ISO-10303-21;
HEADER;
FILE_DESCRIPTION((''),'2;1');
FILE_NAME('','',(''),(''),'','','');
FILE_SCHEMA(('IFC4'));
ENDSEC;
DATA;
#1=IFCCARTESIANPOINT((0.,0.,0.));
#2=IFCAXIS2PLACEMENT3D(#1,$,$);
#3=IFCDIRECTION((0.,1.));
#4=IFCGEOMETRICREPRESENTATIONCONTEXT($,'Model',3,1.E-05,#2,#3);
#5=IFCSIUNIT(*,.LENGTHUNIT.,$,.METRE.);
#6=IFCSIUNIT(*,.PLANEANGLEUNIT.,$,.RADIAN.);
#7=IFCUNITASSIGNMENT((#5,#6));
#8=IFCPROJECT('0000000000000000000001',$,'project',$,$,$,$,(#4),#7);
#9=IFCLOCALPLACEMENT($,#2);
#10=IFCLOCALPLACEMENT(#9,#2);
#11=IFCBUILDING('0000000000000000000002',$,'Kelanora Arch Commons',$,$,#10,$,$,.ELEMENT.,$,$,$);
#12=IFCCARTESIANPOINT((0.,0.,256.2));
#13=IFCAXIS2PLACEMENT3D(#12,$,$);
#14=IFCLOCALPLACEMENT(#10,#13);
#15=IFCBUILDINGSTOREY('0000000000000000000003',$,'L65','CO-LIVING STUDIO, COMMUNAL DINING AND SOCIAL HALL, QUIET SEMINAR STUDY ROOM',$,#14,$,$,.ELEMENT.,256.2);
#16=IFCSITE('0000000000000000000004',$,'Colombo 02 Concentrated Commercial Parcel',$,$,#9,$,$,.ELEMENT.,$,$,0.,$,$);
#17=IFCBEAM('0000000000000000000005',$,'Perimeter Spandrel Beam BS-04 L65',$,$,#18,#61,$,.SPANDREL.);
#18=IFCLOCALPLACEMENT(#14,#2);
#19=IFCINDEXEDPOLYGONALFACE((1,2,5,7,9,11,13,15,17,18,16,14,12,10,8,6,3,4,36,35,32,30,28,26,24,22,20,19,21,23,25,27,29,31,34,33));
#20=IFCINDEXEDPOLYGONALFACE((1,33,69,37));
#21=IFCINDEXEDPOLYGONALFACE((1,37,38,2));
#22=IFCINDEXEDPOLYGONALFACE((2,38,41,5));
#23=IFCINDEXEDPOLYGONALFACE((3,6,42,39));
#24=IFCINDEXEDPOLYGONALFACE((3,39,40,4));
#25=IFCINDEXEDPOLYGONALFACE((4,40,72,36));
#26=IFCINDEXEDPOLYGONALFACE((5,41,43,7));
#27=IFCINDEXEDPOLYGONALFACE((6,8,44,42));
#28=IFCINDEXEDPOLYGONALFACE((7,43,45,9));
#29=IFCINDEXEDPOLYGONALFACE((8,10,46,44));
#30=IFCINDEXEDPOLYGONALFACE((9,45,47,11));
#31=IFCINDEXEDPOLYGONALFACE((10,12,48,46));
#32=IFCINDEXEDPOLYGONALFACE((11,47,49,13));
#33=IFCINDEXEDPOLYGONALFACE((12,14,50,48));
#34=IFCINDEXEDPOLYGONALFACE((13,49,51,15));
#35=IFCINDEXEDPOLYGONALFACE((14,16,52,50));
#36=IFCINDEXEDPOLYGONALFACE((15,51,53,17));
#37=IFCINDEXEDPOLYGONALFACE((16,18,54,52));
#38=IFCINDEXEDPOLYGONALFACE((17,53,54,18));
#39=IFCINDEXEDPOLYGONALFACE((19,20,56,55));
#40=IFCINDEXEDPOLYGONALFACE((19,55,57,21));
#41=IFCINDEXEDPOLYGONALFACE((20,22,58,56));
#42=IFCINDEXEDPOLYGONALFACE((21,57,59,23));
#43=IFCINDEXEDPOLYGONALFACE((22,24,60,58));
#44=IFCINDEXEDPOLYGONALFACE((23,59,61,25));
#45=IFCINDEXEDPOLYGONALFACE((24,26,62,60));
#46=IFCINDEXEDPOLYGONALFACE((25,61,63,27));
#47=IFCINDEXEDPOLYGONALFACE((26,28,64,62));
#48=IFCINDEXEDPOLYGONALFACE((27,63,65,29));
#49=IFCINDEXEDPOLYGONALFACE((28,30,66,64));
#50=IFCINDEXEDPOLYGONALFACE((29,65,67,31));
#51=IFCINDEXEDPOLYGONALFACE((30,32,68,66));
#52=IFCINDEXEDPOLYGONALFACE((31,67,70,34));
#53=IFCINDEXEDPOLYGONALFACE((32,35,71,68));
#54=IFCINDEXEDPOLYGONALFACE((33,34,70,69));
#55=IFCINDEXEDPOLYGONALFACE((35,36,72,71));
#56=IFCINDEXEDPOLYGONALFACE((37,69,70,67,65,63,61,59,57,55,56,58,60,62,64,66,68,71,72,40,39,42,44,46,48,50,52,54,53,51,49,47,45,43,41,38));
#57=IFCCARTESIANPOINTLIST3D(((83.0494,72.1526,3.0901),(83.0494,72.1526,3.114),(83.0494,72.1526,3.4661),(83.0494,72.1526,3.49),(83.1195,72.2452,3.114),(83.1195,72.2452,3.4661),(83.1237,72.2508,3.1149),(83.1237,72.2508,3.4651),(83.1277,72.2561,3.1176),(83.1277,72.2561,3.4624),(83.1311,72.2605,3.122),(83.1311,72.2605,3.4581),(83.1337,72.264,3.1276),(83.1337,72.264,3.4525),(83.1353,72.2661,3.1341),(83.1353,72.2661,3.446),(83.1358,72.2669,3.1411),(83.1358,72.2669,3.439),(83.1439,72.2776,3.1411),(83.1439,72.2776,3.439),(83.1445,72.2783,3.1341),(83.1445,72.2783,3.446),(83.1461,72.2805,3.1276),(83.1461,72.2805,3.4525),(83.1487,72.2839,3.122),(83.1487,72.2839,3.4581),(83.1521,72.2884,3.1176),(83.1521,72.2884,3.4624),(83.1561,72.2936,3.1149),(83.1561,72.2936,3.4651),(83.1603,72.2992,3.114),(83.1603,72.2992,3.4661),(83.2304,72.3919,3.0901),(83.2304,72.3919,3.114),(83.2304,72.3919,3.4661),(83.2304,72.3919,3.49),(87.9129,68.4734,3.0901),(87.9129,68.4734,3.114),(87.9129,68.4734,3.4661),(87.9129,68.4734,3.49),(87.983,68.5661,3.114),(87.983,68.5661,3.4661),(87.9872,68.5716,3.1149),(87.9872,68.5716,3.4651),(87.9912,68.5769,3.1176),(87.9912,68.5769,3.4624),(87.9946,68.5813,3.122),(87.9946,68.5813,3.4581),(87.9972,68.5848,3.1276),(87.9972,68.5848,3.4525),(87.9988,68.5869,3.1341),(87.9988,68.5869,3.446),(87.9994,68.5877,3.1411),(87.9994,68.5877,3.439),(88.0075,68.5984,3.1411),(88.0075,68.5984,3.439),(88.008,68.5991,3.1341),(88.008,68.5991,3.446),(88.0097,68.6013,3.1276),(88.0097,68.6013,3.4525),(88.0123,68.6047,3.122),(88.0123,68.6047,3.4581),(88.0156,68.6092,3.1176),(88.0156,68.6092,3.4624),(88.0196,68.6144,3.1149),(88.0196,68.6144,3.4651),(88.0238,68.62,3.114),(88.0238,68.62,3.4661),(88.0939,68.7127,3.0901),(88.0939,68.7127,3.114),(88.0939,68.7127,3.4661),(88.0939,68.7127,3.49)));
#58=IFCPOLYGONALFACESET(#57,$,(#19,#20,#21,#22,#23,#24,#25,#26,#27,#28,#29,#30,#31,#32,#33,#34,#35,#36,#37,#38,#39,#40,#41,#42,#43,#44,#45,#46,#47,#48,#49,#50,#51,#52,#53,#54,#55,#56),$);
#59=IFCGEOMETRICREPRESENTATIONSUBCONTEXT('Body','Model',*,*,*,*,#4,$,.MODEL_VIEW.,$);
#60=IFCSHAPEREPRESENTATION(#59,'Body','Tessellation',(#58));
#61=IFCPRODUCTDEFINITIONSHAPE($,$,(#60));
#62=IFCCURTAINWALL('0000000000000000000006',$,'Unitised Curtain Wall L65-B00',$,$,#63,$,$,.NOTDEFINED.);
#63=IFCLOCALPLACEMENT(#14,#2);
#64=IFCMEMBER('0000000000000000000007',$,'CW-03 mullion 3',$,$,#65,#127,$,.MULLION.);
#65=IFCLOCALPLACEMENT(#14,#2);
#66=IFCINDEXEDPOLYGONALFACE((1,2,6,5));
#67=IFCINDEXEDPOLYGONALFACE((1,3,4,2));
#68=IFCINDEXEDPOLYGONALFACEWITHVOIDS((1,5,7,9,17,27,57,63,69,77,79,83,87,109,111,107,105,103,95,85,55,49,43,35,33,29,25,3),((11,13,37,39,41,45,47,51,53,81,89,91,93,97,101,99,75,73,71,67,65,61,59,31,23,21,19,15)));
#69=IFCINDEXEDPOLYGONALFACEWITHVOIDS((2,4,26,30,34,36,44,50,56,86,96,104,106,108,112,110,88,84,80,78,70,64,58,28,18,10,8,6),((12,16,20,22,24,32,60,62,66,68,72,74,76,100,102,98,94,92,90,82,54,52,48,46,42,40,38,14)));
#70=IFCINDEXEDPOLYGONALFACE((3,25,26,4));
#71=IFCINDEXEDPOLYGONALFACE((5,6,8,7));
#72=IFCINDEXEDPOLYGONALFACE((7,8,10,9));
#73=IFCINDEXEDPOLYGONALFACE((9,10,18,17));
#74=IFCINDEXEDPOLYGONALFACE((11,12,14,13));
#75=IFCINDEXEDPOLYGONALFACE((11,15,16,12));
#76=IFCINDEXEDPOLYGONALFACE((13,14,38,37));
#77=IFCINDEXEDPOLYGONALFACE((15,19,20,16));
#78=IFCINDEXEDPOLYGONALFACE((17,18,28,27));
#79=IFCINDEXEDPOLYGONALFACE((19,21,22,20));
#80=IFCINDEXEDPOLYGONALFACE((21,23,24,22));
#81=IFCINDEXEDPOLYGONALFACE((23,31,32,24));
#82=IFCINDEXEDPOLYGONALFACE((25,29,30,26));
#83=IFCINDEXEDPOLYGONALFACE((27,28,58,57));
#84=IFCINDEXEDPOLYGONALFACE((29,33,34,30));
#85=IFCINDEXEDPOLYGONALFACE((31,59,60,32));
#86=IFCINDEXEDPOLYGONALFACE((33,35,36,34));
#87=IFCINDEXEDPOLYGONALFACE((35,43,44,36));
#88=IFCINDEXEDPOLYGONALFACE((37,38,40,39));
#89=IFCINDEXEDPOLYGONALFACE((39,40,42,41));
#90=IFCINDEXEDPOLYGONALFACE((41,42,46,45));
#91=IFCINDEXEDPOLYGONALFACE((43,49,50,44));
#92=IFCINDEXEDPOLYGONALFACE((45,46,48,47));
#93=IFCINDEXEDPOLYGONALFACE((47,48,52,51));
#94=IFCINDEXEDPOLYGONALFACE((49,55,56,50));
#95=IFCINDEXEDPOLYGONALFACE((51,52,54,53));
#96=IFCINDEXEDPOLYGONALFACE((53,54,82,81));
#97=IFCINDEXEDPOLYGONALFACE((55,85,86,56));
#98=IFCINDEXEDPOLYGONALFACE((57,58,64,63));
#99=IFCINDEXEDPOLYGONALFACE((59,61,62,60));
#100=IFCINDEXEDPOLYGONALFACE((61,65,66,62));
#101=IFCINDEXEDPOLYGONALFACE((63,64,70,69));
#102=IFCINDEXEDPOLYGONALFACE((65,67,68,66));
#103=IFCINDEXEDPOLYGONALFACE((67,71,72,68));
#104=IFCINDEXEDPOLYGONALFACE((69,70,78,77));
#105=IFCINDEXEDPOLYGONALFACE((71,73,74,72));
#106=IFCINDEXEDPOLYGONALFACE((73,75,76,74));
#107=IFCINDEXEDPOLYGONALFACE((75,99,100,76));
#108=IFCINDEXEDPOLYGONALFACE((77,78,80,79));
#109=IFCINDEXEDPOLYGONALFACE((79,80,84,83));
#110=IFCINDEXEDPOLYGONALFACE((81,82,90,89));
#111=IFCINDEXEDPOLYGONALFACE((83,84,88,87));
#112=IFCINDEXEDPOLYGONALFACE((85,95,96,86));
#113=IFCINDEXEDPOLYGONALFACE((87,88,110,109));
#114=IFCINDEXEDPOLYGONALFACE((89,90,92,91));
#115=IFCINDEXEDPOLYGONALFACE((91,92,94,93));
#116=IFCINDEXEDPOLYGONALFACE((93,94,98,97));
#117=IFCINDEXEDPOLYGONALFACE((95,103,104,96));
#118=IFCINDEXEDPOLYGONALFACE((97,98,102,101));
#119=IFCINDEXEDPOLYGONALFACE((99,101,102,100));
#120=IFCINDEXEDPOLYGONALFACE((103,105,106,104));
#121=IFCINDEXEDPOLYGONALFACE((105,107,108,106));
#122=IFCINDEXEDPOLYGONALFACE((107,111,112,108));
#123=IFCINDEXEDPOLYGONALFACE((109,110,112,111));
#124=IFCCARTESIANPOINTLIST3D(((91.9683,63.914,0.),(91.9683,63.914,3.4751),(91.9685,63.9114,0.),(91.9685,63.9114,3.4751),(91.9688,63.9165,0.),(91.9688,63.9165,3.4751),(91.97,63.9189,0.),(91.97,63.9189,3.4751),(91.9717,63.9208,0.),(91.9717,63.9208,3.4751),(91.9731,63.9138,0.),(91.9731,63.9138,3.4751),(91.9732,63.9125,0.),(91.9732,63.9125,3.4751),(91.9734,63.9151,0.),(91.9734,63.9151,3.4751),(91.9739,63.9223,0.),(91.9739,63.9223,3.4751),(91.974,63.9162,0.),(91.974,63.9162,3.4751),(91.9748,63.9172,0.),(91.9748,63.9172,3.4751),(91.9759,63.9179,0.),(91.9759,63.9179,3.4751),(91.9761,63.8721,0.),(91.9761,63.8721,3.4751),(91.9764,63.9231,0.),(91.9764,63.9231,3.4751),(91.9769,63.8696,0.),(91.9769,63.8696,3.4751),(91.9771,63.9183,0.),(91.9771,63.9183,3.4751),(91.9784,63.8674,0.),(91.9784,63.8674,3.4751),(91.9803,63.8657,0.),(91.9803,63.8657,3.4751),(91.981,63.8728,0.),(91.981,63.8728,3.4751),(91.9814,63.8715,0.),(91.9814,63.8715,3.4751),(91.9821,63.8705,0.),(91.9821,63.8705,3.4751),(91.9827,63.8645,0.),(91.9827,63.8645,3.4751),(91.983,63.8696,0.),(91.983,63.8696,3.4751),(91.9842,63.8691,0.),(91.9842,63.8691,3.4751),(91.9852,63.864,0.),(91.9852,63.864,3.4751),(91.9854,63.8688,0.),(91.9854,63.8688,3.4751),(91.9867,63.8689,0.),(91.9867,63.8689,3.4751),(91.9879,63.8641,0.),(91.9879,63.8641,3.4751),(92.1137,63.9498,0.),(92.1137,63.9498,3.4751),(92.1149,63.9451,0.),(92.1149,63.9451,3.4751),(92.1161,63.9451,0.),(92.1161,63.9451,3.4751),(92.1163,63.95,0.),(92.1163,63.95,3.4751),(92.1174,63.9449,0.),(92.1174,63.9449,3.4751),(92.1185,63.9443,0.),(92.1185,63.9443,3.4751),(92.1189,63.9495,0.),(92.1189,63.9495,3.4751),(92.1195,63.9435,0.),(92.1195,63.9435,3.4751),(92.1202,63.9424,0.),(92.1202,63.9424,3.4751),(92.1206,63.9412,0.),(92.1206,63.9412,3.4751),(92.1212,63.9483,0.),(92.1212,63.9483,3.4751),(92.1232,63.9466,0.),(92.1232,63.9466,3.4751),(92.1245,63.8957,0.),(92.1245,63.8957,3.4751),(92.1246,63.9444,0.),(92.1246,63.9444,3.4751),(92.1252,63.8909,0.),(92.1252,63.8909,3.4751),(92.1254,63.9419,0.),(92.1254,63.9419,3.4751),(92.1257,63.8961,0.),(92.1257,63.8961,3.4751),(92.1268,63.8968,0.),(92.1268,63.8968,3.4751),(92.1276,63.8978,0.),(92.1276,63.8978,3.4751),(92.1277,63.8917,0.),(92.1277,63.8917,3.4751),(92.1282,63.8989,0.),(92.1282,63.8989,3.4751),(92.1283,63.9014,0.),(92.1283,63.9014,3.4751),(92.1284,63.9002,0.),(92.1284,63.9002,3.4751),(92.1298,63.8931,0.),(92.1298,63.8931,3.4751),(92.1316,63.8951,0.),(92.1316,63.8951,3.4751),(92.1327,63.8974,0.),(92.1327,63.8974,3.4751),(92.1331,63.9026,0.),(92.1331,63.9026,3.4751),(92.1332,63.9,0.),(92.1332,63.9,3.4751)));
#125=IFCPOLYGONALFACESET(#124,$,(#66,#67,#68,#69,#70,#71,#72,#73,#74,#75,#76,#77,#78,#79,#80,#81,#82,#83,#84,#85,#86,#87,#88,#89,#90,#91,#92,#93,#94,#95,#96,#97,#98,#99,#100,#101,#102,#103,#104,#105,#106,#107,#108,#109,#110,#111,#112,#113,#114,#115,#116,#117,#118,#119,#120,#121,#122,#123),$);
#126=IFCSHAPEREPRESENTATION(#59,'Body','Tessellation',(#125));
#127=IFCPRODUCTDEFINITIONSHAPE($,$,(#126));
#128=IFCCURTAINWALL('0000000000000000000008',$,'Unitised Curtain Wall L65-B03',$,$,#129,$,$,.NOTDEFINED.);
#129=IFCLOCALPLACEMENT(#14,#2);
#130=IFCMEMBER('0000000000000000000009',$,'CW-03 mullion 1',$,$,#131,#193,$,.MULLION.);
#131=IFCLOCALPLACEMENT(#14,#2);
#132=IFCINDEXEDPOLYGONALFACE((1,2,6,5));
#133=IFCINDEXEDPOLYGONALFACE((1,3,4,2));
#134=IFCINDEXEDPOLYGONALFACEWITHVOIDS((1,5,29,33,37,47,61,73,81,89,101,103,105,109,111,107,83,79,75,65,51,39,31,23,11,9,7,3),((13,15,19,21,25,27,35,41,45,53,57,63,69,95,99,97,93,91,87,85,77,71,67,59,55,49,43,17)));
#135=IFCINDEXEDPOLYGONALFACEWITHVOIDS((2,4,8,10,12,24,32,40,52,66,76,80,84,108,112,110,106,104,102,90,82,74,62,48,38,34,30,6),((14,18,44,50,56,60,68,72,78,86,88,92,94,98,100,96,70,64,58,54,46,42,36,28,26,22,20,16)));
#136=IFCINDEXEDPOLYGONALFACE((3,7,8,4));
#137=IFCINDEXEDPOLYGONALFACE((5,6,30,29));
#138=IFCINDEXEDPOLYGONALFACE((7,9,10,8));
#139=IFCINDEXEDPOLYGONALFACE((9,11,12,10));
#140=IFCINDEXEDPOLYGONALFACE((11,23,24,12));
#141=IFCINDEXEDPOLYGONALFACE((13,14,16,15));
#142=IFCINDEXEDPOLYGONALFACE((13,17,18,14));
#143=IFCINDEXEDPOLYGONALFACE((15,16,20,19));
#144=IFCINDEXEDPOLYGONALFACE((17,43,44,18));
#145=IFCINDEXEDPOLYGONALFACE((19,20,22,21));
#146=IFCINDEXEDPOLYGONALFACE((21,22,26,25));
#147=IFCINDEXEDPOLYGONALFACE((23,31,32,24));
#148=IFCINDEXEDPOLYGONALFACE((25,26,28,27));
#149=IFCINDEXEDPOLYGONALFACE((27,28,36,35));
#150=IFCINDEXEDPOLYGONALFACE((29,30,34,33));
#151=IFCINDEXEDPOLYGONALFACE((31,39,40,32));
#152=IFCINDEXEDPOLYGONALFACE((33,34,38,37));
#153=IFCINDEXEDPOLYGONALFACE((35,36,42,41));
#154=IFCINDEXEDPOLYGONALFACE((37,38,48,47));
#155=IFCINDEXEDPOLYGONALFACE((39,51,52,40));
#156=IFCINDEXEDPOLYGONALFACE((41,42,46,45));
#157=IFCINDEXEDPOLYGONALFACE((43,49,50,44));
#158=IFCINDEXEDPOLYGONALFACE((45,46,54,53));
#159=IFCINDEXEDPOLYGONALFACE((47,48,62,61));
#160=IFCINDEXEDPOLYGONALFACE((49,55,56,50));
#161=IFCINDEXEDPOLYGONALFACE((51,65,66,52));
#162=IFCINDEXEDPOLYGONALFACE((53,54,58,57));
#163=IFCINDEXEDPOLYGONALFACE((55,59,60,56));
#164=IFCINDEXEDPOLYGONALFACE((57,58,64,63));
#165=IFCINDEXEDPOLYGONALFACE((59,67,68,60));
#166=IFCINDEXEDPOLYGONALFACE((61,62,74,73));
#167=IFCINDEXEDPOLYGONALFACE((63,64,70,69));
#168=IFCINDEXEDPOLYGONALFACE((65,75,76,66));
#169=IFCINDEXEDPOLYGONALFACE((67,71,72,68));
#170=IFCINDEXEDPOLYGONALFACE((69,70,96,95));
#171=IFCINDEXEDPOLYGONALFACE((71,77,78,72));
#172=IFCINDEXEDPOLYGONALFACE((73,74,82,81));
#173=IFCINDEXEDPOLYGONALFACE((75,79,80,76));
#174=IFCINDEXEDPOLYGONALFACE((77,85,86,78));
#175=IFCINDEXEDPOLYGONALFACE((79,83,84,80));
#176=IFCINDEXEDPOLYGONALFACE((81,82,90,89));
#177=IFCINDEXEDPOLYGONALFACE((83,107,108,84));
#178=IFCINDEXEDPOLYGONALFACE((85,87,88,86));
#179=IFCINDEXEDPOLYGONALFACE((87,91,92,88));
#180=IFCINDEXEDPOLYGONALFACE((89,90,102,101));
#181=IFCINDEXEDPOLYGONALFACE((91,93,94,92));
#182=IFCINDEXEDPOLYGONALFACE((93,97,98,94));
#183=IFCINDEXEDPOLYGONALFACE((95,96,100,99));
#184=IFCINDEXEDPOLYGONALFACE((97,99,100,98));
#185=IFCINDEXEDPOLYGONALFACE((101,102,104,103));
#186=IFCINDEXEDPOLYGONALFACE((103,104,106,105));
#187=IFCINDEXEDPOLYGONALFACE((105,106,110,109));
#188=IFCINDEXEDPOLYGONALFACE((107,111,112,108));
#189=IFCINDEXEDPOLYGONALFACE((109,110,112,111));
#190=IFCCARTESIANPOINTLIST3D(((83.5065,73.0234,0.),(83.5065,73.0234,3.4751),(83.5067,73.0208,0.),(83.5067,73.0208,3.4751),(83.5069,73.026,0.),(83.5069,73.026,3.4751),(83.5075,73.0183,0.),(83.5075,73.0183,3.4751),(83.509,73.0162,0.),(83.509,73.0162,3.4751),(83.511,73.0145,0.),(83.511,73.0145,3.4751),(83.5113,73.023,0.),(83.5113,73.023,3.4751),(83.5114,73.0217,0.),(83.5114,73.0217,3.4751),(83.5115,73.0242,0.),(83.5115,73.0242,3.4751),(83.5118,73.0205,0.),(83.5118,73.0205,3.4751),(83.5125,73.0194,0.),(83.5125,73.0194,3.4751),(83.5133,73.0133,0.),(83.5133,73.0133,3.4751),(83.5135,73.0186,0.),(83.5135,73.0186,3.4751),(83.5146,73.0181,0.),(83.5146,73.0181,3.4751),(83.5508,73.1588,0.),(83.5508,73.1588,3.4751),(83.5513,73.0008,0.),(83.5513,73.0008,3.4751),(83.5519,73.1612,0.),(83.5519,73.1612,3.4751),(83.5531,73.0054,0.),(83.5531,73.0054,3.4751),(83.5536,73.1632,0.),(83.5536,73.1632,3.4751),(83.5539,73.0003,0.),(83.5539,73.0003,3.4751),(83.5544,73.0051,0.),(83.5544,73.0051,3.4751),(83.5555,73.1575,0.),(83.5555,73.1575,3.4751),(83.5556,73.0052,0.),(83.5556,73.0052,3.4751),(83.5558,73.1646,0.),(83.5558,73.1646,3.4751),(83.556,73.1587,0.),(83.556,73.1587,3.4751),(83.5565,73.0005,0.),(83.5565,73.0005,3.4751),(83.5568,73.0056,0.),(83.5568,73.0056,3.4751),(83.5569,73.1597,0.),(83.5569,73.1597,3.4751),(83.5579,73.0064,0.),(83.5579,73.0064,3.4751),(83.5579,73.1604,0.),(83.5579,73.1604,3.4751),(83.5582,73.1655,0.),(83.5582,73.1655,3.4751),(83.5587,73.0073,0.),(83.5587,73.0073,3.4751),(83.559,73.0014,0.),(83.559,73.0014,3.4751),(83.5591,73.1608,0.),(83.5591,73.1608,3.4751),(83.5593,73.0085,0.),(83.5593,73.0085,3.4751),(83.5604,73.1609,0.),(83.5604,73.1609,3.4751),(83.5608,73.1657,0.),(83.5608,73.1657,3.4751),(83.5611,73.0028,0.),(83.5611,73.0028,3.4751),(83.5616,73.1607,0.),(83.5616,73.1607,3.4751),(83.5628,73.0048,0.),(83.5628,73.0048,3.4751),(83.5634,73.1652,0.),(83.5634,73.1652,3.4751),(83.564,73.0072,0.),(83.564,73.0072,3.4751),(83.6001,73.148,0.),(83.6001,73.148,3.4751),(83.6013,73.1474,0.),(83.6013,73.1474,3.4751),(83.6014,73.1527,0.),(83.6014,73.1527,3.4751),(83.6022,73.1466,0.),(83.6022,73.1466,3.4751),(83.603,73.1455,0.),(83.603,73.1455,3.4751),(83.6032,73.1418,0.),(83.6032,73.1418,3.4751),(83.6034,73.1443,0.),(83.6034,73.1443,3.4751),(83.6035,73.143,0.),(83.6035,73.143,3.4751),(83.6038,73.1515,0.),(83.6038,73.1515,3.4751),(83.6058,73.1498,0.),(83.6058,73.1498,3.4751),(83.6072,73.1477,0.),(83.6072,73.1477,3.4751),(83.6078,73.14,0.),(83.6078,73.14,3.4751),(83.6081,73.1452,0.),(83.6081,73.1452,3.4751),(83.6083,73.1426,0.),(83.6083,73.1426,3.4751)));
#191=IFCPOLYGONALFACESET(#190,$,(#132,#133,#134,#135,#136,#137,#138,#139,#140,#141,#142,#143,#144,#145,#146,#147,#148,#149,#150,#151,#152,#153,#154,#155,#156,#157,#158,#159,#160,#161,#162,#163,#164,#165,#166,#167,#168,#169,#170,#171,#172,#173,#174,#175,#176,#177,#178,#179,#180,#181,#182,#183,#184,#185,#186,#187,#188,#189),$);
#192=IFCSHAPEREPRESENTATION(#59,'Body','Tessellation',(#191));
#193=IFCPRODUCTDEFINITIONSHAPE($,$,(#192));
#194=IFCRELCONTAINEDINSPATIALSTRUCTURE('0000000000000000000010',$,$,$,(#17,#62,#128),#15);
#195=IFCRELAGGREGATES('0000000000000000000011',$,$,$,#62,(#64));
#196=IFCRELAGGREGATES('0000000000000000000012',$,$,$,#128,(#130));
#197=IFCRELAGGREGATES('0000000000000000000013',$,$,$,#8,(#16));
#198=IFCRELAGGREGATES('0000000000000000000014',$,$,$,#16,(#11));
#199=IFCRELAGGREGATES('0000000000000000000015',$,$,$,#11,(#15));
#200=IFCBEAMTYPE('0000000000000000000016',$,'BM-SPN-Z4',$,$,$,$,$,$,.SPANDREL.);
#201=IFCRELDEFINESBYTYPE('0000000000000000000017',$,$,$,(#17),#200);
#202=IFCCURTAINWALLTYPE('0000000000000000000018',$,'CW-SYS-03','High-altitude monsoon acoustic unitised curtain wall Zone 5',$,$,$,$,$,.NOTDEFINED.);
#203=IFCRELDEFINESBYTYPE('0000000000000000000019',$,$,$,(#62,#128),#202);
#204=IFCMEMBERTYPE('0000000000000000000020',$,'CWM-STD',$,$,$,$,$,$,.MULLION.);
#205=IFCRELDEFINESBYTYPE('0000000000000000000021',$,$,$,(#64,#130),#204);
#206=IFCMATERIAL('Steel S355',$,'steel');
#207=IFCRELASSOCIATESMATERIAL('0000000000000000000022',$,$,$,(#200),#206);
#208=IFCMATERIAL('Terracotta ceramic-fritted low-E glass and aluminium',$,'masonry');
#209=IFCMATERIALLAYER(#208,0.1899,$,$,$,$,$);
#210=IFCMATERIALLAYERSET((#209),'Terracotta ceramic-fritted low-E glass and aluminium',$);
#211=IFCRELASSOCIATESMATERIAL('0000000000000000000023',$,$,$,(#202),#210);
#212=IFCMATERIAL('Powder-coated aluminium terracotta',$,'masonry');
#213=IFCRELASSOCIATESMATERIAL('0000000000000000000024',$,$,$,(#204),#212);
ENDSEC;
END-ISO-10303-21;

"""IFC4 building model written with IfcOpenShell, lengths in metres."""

from ifc_helpers import new_model, si_unit, direction, frame, origin, origin_2d, place, context, subcontext, project, spatial, hollow_rectangle, i_section, extrude, material, layer, layer_set, material_profile, profile_set, type_object, element, aggregate, save


model = new_model("IFC4")

# Units and contexts
model_context = context("Model", 3, precision=1e-05, world=origin(), true_north=direction((0.0, 1.0)))
body_context = subcontext(model_context, "Body", "Model", "MODEL_VIEW")
ifc_project = project(units=[si_unit("LENGTHUNIT", "METRE"), si_unit("PLANEANGLEUNIT", "RADIAN")], contexts=[model_context])

# Site, building, storey
site_placement = place(None, origin())
site = spatial("IfcSite", under=ifc_project, at=site_placement, Name="Colombo 02 Concentrated Commercial Parcel", CompositionType="ELEMENT", RefElevation=0.0)
building_placement = place(site_placement, origin())
building = spatial("IfcBuilding", under=site, at=building_placement, Name="Kelanora Arch Commons", CompositionType="ELEMENT")
storey_placement = place(building_placement, frame((0.0, 0.0, 256.2)))
storey = spatial("IfcBuildingStorey", under=building, at=storey_placement, Name="L65", Description="CO-LIVING STUDIO, COMMUNAL DINING AND SOCIAL HALL, QUIET SEMINAR STUDY ROOM", CompositionType="ELEMENT", Elevation=256.2)

# Beam
ifc_material_1 = material(Name="Steel S355", Category="steel")
ifc_material_profile_1 = material_profile(ifc_material_1, i_section(OverallWidth=0.3, OverallDepth=0.3999, WebThickness=0.0134, FlangeThickness=0.0239, FilletRadius=0.0271, at=origin_2d()), Name="HEB400")
ifc_profile_set_1 = profile_set([ifc_material_profile_1], Name="Steel S355")
beam_type_1 = type_object("IfcBeamType", Name="BM-SPN-Z4", PredefinedType="SPANDREL", material=ifc_profile_set_1)
beam_1_placement = place(storey_placement, frame((88.0034, 68.593, 3.29), z_axis=(-0.797509, 0.603306, 0.0), x_axis=(-0.603306, -0.797509, 0.0)))
element("IfcBeam", 1, at=beam_1_placement, inside=storey, type_object=beam_type_1, Name="Perimeter Spandrel Beam BS-04 L65", PredefinedType="SPANDREL", context=body_context, shape_type="SweptSolid", body=[
    extrude(i_section(OverallWidth=0.3, OverallDepth=0.3999, WebThickness=0.0134, FlangeThickness=0.0239, FilletRadius=0.0271, at=origin_2d()), origin(), (0.0, 0.0, 1.0), 6.0984),
])

# Curtain wall, member
ifc_material_2 = material(Name="Terracotta ceramic-fritted low-E glass and aluminium", Category="masonry")
ifc_layer_1 = layer(ifc_material_2, 0.1899)
ifc_layer_set_1 = layer_set([ifc_layer_1], Name="Terracotta ceramic-fritted low-E glass and aluminium")
curtain_wall_type = type_object("IfcCurtainWallType", Name="CW-SYS-03", Description="High-altitude monsoon acoustic unitised curtain wall Zone 5", PredefinedType="NOTDEFINED", material=ifc_layer_set_1)
curtain_wall_1_placement = place(storey_placement, origin())
curtain_wall_1 = element("IfcCurtainWall", 2, at=curtain_wall_1_placement, inside=storey, type_object=curtain_wall_type, Name="Unitised Curtain Wall L65-B00", PredefinedType="NOTDEFINED")
ifc_material_3 = material(Name="Powder-coated aluminium terracotta", Category="masonry")
ifc_material_profile_2 = material_profile(ifc_material_3, hollow_rectangle(XDim=0.1599, YDim=0.0601, WallThickness=0.0049, InnerFilletRadius=0.0049, OuterFilletRadius=0.01, at=origin_2d()), Name="CWM160x60")
ifc_profile_set_2 = profile_set([ifc_material_profile_2], Name="Powder-coated aluminium terracotta")
member_type_1 = type_object("IfcMemberType", Name="CWM-STD", PredefinedType="MULLION", material=ifc_profile_set_2)
member_1_placement = place(storey_placement, frame((92.0508, 63.907, 0.0), z_axis=(0.0, 0.0, 1.0), x_axis=(-0.981596, -0.190972, 0.0)))
member_1 = element("IfcMember", 3, at=member_1_placement, type_object=member_type_1, Name="CW-03 mullion 3", PredefinedType="MULLION", context=body_context, shape_type="SweptSolid", body=[
    extrude(hollow_rectangle(XDim=0.1599, YDim=0.0601, WallThickness=0.0049, InnerFilletRadius=0.0049, OuterFilletRadius=0.01, at=origin_2d()), origin(), (0.0, 0.0, 1.0), 3.4751),
])
aggregate(curtain_wall_1, [member_1])

# Curtain wall, member
curtain_wall_2_placement = place(storey_placement, origin())
curtain_wall_2 = element("IfcCurtainWall", 4, at=curtain_wall_2_placement, inside=storey, type_object=curtain_wall_type, Name="Unitised Curtain Wall L65-B03", PredefinedType="NOTDEFINED")
member_2_placement = place(storey_placement, frame((83.5574, 73.083, 0.0), z_axis=(0.0, 0.0, 1.0), x_axis=(-0.313253, -0.94967, 0.0)))
member_2 = element("IfcMember", 5, at=member_2_placement, type_object=member_type_1, Name="CW-03 mullion 1", PredefinedType="MULLION", context=body_context, shape_type="SweptSolid", body=[
    extrude(hollow_rectangle(XDim=0.1599, YDim=0.0601, WallThickness=0.0049, InnerFilletRadius=0.0049, OuterFilletRadius=0.01, at=origin_2d()), origin(), (0.0, 0.0, 1.0), 3.4751),
])
aggregate(curtain_wall_2, [member_2])

save(model, "model.ifc")
